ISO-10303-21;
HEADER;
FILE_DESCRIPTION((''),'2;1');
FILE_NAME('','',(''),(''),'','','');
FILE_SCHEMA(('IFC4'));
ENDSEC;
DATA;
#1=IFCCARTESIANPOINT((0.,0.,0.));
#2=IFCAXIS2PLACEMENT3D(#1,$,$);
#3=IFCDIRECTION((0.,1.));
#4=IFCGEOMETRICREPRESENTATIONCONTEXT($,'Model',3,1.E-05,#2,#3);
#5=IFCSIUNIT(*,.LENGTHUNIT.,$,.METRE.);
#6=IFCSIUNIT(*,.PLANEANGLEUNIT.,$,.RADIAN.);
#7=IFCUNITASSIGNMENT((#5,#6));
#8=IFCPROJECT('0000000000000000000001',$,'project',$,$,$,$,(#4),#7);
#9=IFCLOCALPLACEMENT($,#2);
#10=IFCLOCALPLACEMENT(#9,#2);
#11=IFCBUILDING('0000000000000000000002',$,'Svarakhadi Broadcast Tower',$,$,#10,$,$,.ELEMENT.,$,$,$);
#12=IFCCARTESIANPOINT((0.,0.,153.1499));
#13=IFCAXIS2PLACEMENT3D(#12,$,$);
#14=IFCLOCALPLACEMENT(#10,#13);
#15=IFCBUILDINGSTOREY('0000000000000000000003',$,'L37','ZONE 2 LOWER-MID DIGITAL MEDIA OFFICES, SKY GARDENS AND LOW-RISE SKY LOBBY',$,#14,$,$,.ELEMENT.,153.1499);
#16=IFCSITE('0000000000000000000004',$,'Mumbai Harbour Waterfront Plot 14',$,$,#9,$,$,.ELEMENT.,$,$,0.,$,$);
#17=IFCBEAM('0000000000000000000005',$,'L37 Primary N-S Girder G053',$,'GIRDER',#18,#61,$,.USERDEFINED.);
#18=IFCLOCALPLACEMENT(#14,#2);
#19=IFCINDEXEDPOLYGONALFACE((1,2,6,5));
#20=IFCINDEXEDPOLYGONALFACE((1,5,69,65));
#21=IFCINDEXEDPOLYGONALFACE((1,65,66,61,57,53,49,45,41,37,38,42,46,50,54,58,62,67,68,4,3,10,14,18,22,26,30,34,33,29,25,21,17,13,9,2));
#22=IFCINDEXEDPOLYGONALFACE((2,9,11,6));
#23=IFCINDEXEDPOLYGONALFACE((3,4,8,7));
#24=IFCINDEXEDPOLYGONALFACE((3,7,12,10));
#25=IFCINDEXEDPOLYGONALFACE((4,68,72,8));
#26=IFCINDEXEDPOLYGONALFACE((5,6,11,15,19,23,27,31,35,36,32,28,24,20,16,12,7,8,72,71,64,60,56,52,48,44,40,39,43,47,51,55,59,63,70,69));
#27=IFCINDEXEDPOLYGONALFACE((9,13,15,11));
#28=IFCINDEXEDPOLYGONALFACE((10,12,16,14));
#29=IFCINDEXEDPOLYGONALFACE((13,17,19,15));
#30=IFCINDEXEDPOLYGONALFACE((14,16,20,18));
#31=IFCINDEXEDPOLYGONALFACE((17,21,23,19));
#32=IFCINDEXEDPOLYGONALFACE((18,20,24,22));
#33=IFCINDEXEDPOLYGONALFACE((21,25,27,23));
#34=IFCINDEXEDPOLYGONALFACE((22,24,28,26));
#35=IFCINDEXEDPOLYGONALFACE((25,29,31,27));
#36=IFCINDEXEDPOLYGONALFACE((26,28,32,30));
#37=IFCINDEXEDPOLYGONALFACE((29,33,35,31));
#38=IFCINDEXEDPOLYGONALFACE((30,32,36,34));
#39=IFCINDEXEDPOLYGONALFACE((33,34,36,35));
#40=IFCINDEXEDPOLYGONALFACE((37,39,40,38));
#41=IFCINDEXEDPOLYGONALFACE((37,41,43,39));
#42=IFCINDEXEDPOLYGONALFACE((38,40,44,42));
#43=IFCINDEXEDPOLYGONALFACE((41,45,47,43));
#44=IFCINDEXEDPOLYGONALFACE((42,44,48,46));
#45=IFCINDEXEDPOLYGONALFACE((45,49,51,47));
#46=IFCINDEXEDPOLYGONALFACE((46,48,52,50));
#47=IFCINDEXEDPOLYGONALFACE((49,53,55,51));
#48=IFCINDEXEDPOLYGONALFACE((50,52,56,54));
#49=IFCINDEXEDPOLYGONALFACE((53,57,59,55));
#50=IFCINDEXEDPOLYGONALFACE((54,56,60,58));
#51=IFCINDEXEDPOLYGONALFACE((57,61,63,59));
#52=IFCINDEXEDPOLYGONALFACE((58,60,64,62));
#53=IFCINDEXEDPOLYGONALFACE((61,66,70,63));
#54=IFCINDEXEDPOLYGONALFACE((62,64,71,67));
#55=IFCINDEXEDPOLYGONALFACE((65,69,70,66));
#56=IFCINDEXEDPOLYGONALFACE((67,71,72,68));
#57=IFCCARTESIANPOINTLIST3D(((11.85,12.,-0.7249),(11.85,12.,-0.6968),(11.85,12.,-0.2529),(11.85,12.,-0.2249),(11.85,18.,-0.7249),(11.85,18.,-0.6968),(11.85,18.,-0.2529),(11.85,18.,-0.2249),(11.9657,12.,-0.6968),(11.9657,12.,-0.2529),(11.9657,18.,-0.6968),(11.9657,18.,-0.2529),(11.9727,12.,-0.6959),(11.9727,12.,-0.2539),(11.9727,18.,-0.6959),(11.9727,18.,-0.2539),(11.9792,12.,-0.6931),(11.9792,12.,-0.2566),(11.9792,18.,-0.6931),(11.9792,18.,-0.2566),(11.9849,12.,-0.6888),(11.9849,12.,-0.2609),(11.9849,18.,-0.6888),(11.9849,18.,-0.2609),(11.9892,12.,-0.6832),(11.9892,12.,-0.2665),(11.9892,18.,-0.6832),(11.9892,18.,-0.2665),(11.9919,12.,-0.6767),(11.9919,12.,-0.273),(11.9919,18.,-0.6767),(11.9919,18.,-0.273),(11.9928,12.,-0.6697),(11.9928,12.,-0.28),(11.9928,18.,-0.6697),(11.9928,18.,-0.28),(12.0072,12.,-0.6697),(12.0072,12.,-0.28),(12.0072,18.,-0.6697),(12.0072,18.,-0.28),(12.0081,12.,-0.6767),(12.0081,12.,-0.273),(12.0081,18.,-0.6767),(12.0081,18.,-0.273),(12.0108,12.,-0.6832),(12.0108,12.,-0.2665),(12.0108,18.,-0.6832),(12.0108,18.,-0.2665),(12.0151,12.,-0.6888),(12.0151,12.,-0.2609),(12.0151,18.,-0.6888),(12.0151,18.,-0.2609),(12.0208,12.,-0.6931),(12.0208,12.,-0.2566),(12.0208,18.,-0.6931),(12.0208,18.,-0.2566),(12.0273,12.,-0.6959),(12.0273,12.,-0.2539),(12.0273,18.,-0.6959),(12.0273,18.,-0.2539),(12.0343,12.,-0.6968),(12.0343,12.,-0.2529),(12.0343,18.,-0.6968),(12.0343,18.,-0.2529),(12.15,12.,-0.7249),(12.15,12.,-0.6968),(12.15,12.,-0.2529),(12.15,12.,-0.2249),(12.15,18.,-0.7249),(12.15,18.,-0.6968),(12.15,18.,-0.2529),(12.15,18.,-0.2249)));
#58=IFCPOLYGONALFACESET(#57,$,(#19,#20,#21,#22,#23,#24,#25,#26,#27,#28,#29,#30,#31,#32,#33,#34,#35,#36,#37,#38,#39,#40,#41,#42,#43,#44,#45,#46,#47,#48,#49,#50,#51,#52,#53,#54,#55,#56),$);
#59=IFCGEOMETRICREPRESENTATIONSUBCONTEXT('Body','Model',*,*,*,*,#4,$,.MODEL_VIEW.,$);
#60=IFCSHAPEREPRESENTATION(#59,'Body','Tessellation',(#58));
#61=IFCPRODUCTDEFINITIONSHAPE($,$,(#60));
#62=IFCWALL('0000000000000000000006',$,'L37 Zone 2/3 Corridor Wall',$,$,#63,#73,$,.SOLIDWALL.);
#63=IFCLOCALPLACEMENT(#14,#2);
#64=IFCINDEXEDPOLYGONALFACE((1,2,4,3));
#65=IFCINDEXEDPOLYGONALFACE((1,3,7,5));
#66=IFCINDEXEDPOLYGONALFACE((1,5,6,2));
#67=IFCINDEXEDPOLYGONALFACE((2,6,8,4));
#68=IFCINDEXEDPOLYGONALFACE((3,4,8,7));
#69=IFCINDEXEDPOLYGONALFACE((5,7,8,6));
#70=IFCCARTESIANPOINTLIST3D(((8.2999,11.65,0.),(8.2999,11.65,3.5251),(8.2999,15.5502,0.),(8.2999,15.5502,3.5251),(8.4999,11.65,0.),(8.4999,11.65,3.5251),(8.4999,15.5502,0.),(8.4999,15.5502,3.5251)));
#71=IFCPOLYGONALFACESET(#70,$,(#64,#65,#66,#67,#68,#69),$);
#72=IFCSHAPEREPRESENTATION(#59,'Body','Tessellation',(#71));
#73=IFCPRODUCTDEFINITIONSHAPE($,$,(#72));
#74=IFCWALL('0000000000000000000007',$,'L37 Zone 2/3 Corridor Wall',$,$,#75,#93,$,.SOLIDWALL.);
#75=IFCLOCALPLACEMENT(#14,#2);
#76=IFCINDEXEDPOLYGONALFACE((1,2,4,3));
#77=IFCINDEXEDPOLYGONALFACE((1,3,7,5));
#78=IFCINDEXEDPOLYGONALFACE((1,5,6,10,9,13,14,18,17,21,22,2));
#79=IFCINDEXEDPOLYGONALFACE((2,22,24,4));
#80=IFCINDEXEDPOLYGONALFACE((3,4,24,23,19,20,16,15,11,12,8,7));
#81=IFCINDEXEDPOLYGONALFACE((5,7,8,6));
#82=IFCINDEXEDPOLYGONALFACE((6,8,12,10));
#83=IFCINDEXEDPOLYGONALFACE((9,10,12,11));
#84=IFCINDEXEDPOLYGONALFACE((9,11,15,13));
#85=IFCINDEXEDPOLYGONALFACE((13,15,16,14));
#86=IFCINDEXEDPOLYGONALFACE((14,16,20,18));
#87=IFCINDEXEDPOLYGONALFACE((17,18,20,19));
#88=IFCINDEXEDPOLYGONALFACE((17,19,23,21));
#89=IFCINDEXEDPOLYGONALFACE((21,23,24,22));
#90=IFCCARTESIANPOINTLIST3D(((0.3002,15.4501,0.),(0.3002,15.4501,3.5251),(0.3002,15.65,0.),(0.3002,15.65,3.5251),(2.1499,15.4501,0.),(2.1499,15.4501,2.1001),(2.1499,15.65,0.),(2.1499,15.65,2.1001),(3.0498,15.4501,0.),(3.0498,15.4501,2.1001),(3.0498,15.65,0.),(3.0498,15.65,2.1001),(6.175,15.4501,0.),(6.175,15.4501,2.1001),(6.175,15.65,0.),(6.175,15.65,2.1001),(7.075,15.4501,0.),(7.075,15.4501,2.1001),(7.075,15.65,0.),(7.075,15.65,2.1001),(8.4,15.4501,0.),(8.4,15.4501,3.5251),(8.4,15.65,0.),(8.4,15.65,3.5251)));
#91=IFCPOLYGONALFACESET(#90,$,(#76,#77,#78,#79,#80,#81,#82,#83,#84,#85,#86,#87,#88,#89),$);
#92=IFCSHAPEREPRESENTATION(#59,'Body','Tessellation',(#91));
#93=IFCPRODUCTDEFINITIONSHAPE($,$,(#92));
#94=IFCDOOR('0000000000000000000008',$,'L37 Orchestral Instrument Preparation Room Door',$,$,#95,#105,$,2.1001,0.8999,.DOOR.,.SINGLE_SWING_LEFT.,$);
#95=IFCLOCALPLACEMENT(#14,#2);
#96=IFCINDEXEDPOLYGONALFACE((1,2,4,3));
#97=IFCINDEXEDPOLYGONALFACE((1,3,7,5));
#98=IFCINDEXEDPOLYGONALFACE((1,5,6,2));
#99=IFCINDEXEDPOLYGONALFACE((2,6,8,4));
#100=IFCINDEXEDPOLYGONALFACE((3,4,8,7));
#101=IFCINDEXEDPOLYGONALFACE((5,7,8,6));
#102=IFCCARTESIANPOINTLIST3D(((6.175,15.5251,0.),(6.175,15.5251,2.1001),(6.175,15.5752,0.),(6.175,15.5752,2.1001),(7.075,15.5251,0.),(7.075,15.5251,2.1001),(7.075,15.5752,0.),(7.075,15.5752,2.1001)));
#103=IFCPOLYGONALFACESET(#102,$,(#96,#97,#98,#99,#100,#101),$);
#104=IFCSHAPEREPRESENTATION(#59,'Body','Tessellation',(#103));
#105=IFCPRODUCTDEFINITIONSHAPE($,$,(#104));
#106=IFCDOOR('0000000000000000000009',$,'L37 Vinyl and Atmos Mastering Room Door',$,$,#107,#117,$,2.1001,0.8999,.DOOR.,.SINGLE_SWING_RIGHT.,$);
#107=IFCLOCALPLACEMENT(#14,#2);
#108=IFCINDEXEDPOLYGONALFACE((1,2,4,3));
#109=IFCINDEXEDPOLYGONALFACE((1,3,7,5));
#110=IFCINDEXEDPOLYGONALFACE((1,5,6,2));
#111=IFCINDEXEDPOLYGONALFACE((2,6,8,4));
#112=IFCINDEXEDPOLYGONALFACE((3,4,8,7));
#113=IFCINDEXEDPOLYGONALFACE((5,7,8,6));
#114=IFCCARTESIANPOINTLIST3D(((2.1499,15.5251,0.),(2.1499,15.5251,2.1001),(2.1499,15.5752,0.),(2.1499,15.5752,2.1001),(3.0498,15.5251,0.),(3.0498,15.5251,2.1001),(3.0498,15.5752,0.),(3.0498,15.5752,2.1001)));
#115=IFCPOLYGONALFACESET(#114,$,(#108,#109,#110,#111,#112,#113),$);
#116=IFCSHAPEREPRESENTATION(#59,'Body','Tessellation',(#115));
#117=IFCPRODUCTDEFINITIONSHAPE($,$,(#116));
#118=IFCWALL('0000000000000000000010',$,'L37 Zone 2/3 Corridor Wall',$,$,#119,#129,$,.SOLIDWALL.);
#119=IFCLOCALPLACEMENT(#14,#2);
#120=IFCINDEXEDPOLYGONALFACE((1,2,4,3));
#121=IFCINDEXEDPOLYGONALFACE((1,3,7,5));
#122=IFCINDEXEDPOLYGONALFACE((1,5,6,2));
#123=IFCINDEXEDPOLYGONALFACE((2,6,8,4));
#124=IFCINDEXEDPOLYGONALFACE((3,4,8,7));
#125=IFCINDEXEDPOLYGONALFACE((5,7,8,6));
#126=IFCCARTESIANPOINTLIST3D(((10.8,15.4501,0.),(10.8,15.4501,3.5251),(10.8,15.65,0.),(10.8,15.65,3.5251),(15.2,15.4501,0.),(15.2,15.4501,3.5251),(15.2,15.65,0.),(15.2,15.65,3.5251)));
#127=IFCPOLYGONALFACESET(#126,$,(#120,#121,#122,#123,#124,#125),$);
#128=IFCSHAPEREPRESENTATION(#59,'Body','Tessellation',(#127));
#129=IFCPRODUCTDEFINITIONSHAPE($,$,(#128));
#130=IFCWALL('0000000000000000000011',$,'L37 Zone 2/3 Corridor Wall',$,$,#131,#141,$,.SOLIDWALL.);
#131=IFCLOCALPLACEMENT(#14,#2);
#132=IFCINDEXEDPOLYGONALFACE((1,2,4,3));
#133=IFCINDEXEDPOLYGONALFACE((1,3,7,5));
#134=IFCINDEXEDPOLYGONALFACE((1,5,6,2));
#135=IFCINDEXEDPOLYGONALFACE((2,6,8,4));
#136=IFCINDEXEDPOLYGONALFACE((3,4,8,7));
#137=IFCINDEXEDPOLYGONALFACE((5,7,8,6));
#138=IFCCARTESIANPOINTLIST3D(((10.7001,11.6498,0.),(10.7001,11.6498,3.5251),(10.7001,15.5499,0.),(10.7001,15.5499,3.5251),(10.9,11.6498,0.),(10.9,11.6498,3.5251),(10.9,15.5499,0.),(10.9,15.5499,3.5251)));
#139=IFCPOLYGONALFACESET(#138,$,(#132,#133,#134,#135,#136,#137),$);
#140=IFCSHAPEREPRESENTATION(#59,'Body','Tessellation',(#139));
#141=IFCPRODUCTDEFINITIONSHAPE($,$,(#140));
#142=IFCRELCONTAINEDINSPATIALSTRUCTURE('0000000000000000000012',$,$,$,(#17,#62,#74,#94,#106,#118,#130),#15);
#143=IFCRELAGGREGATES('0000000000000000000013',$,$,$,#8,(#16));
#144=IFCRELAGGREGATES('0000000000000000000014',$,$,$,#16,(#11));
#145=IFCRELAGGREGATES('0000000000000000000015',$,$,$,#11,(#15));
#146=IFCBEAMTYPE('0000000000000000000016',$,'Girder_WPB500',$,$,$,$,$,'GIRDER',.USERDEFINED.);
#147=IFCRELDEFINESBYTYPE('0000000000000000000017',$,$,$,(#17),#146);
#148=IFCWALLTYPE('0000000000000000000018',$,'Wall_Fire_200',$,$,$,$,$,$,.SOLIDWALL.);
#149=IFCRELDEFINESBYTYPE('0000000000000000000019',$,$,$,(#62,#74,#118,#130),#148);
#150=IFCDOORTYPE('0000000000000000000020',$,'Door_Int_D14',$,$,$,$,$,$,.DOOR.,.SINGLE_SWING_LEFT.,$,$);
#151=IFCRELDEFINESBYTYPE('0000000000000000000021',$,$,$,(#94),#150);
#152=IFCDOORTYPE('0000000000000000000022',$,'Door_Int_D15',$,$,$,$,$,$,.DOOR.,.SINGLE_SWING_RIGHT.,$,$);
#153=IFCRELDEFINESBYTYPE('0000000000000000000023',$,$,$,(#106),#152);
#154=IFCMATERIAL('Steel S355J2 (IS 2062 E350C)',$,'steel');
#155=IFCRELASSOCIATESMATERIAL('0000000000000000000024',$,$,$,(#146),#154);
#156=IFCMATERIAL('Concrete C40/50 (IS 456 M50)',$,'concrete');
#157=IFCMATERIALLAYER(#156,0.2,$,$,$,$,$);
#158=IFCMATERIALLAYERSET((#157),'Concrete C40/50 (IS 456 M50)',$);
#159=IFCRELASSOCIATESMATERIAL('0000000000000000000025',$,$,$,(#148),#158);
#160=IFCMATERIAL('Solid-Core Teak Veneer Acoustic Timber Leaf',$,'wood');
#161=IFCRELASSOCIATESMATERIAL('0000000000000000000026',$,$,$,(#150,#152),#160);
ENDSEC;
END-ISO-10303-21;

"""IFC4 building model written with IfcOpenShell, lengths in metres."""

from ifc_helpers import new_model, si_unit, direction, frame, frame_2d, origin, origin_2d, place, context, subcontext, project, spatial, rectangle, i_section, extrude, material, layer, layer_set, material_profile, profile_set, type_object, element, fill, save


model = new_model("IFC4")

# Units and contexts
model_context = context("Model", 3, precision=1e-05, world=origin(), true_north=direction((0.0, 1.0)))
body_context = subcontext(model_context, "Body", "Model", "MODEL_VIEW")
ifc_project = project(units=[si_unit("LENGTHUNIT", "METRE"), si_unit("PLANEANGLEUNIT", "RADIAN")], contexts=[model_context])

# Site, building, storey
site_placement = place(None, origin())
site = spatial("IfcSite", under=ifc_project, at=site_placement, Name="Mumbai Harbour Waterfront Plot 14", CompositionType="ELEMENT", RefElevation=0.0)
building_placement = place(site_placement, origin())
building = spatial("IfcBuilding", under=site, at=building_placement, Name="Svarakhadi Broadcast Tower", CompositionType="ELEMENT")
storey_placement = place(building_placement, frame((0.0, 0.0, 153.1499)))
storey = spatial("IfcBuildingStorey", under=building, at=storey_placement, Name="L37", Description="ZONE 2 LOWER-MID DIGITAL MEDIA OFFICES, SKY GARDENS AND LOW-RISE SKY LOBBY", CompositionType="ELEMENT", Elevation=153.1499)

# Beam
ifc_material_1 = material(Name="Steel S355J2 (IS 2062 E350C)", Category="steel")
ifc_material_profile_1 = material_profile(ifc_material_1, i_section(OverallWidth=0.3, OverallDepth=0.5, WebThickness=0.0144, FlangeThickness=0.0281, FilletRadius=0.0271, at=origin_2d()), Name="WPB 500x300x187")
ifc_profile_set_1 = profile_set([ifc_material_profile_1], Name="Steel S355J2 (IS 2062 E350C)")
beam_type_1 = type_object("IfcBeamType", Name="Girder_WPB500", ElementType="GIRDER", PredefinedType="USERDEFINED", material=ifc_profile_set_1)
for number, where, z_axis, x_axis, name in (
    (1, (12.0, 12.0, -0.4749), (0.0, 1.0, 0.0), (-1.0, 0.0, 0.0), "L37 Primary N-S Girder G053"),
):
    element("IfcBeam", number, at=place(storey_placement, frame(where, z_axis=z_axis, x_axis=x_axis)), inside=storey, type_object=beam_type_1, Name=name, ObjectType="GIRDER", PredefinedType="USERDEFINED", context=body_context, shape_type="SweptSolid", body=[
        extrude(i_section(OverallWidth=0.3, OverallDepth=0.5, WebThickness=0.0144, FlangeThickness=0.0281, FilletRadius=0.0271, at=origin_2d()), origin(), (0.0, 0.0, 1.0), 6.0),
    ])

# Wall
ifc_material_2 = material(Name="Concrete C40/50 (IS 456 M50)", Category="concrete")
ifc_layer_1 = layer(ifc_material_2, 0.2)
ifc_layer_set_1 = layer_set([ifc_layer_1], Name="Concrete C40/50 (IS 456 M50)")
wall_type_1 = type_object("IfcWallType", Name="Wall_Fire_200", PredefinedType="SOLIDWALL", material=ifc_layer_set_1)
wall_1_placement = place(storey_placement, frame((8.3999, 11.6499, 0.0), z_axis=(0.0, 0.0, 1.0), x_axis=(0.0, 1.0, 0.0)))
element("IfcWall", 2, at=wall_1_placement, inside=storey, type_object=wall_type_1, Name="L37 Zone 2/3 Corridor Wall", PredefinedType="SOLIDWALL", context=body_context, shape_type="SweptSolid", body=[
    extrude(rectangle(XDim=3.9001, YDim=0.2, at=frame_2d((1.9502, 0.0))), origin(), (0.0, 0.0, 1.0), 3.5251),
])

# Wall, openings, doors
wall_2_placement = place(storey_placement, frame((8.3999, 15.55, 0.0), z_axis=(0.0, 0.0, 1.0), x_axis=(-1.0, 0.0, 0.0)))
wall_2 = element("IfcWall", 3, at=wall_2_placement, inside=storey, type_object=wall_type_1, Name="L37 Zone 2/3 Corridor Wall", PredefinedType="SOLIDWALL", context=body_context, shape_type="SweptSolid", body=[
    extrude(rectangle(XDim=8.0999, YDim=0.2, at=frame_2d((4.0498, 0.0))), origin(), (0.0, 0.0, 1.0), 3.5251),
])
opening_1_placement = place(wall_2_placement, frame((5.3501, 0.0, 0.0)))
opening_1 = element("IfcOpeningElement", 4, at=opening_1_placement, cuts=wall_2, PredefinedType="OPENING", context=body_context, shape_type="SweptSolid", body=[
    extrude(rectangle(XDim=0.8999, YDim=2.1001, at=frame_2d((0.45, 1.05))), frame((0.0, 0.1099, 0.0), z_axis=(0.0, -1.0, 0.0), x_axis=(1.0, 0.0, 0.0)), (0.0, 0.0, 1.0), 0.22),
])
opening_2_placement = place(wall_2_placement, frame((1.325, 0.0, 0.0)))
opening_2 = element("IfcOpeningElement", 5, at=opening_2_placement, cuts=wall_2, PredefinedType="OPENING", context=body_context, shape_type="SweptSolid", body=[
    extrude(rectangle(XDim=0.8999, YDim=2.1001, at=frame_2d((0.45, 1.05))), frame((0.0, 0.1099, 0.0), z_axis=(0.0, -1.0, 0.0), x_axis=(1.0, 0.0, 0.0)), (0.0, 0.0, 1.0), 0.22),
])
ifc_material_3 = material(Name="Solid-Core Teak Veneer Acoustic Timber Leaf", Category="wood")
door_type_1 = type_object("IfcDoorType", Name="Door_Int_D14", OperationType="SINGLE_SWING_LEFT", PredefinedType="DOOR", material=ifc_material_3)
door_1_placement = place(opening_2_placement, origin())
door_1 = element("IfcDoor", 6, at=door_1_placement, inside=storey, type_object=door_type_1, Name="L37 Orchestral Instrument Preparation Room Door", OperationType="SINGLE_SWING_LEFT", OverallHeight=2.1001, OverallWidth=0.8999, PredefinedType="DOOR", context=body_context, shape_type="SweptSolid", body=[
    extrude(rectangle(XDim=0.8999, YDim=2.1001, at=frame_2d((0.45, 1.05))), frame((0.0, 0.0249, 0.0), z_axis=(0.0, -1.0, 0.0), x_axis=(1.0, 0.0, 0.0)), (0.0, 0.0, 1.0), 0.05),
])
fill(opening_2, door_1)
door_type_2 = type_object("IfcDoorType", Name="Door_Int_D15", OperationType="SINGLE_SWING_RIGHT", PredefinedType="DOOR", material=ifc_material_3)
door_2_placement = place(opening_1_placement, origin())
door_2 = element("IfcDoor", 7, at=door_2_placement, inside=storey, type_object=door_type_2, Name="L37 Vinyl and Atmos Mastering Room Door", OperationType="SINGLE_SWING_RIGHT", OverallHeight=2.1001, OverallWidth=0.8999, PredefinedType="DOOR", context=body_context, shape_type="SweptSolid", body=[
    extrude(rectangle(XDim=0.8999, YDim=2.1001, at=frame_2d((0.45, 1.05))), frame((0.0, 0.0249, 0.0), z_axis=(0.0, -1.0, 0.0), x_axis=(1.0, 0.0, 0.0)), (0.0, 0.0, 1.0), 0.05),
])
fill(opening_1, door_2)

# Walls
wall_3_placement = place(storey_placement, frame((15.2, 15.55, 0.0), z_axis=(0.0, 0.0, 1.0), x_axis=(-1.0, 0.0, 0.0)))
element("IfcWall", 8, at=wall_3_placement, inside=storey, type_object=wall_type_1, Name="L37 Zone 2/3 Corridor Wall", PredefinedType="SOLIDWALL", context=body_context, shape_type="SweptSolid", body=[
    extrude(rectangle(XDim=4.3999, YDim=0.2, at=frame_2d((2.2, 0.0))), origin(), (0.0, 0.0, 1.0), 3.5251),
])
wall_4_placement = place(storey_placement, frame((10.8, 15.55, 0.0), z_axis=(0.0, 0.0, 1.0), x_axis=(0.0, -1.0, 0.0)))
element("IfcWall", 9, at=wall_4_placement, inside=storey, type_object=wall_type_1, Name="L37 Zone 2/3 Corridor Wall", PredefinedType="SOLIDWALL", context=body_context, shape_type="SweptSolid", body=[
    extrude(rectangle(XDim=3.9001, YDim=0.2, at=frame_2d((1.9502, 0.0))), origin(), (0.0, 0.0, 1.0), 3.5251),
])

save(model, "model.ifc")
